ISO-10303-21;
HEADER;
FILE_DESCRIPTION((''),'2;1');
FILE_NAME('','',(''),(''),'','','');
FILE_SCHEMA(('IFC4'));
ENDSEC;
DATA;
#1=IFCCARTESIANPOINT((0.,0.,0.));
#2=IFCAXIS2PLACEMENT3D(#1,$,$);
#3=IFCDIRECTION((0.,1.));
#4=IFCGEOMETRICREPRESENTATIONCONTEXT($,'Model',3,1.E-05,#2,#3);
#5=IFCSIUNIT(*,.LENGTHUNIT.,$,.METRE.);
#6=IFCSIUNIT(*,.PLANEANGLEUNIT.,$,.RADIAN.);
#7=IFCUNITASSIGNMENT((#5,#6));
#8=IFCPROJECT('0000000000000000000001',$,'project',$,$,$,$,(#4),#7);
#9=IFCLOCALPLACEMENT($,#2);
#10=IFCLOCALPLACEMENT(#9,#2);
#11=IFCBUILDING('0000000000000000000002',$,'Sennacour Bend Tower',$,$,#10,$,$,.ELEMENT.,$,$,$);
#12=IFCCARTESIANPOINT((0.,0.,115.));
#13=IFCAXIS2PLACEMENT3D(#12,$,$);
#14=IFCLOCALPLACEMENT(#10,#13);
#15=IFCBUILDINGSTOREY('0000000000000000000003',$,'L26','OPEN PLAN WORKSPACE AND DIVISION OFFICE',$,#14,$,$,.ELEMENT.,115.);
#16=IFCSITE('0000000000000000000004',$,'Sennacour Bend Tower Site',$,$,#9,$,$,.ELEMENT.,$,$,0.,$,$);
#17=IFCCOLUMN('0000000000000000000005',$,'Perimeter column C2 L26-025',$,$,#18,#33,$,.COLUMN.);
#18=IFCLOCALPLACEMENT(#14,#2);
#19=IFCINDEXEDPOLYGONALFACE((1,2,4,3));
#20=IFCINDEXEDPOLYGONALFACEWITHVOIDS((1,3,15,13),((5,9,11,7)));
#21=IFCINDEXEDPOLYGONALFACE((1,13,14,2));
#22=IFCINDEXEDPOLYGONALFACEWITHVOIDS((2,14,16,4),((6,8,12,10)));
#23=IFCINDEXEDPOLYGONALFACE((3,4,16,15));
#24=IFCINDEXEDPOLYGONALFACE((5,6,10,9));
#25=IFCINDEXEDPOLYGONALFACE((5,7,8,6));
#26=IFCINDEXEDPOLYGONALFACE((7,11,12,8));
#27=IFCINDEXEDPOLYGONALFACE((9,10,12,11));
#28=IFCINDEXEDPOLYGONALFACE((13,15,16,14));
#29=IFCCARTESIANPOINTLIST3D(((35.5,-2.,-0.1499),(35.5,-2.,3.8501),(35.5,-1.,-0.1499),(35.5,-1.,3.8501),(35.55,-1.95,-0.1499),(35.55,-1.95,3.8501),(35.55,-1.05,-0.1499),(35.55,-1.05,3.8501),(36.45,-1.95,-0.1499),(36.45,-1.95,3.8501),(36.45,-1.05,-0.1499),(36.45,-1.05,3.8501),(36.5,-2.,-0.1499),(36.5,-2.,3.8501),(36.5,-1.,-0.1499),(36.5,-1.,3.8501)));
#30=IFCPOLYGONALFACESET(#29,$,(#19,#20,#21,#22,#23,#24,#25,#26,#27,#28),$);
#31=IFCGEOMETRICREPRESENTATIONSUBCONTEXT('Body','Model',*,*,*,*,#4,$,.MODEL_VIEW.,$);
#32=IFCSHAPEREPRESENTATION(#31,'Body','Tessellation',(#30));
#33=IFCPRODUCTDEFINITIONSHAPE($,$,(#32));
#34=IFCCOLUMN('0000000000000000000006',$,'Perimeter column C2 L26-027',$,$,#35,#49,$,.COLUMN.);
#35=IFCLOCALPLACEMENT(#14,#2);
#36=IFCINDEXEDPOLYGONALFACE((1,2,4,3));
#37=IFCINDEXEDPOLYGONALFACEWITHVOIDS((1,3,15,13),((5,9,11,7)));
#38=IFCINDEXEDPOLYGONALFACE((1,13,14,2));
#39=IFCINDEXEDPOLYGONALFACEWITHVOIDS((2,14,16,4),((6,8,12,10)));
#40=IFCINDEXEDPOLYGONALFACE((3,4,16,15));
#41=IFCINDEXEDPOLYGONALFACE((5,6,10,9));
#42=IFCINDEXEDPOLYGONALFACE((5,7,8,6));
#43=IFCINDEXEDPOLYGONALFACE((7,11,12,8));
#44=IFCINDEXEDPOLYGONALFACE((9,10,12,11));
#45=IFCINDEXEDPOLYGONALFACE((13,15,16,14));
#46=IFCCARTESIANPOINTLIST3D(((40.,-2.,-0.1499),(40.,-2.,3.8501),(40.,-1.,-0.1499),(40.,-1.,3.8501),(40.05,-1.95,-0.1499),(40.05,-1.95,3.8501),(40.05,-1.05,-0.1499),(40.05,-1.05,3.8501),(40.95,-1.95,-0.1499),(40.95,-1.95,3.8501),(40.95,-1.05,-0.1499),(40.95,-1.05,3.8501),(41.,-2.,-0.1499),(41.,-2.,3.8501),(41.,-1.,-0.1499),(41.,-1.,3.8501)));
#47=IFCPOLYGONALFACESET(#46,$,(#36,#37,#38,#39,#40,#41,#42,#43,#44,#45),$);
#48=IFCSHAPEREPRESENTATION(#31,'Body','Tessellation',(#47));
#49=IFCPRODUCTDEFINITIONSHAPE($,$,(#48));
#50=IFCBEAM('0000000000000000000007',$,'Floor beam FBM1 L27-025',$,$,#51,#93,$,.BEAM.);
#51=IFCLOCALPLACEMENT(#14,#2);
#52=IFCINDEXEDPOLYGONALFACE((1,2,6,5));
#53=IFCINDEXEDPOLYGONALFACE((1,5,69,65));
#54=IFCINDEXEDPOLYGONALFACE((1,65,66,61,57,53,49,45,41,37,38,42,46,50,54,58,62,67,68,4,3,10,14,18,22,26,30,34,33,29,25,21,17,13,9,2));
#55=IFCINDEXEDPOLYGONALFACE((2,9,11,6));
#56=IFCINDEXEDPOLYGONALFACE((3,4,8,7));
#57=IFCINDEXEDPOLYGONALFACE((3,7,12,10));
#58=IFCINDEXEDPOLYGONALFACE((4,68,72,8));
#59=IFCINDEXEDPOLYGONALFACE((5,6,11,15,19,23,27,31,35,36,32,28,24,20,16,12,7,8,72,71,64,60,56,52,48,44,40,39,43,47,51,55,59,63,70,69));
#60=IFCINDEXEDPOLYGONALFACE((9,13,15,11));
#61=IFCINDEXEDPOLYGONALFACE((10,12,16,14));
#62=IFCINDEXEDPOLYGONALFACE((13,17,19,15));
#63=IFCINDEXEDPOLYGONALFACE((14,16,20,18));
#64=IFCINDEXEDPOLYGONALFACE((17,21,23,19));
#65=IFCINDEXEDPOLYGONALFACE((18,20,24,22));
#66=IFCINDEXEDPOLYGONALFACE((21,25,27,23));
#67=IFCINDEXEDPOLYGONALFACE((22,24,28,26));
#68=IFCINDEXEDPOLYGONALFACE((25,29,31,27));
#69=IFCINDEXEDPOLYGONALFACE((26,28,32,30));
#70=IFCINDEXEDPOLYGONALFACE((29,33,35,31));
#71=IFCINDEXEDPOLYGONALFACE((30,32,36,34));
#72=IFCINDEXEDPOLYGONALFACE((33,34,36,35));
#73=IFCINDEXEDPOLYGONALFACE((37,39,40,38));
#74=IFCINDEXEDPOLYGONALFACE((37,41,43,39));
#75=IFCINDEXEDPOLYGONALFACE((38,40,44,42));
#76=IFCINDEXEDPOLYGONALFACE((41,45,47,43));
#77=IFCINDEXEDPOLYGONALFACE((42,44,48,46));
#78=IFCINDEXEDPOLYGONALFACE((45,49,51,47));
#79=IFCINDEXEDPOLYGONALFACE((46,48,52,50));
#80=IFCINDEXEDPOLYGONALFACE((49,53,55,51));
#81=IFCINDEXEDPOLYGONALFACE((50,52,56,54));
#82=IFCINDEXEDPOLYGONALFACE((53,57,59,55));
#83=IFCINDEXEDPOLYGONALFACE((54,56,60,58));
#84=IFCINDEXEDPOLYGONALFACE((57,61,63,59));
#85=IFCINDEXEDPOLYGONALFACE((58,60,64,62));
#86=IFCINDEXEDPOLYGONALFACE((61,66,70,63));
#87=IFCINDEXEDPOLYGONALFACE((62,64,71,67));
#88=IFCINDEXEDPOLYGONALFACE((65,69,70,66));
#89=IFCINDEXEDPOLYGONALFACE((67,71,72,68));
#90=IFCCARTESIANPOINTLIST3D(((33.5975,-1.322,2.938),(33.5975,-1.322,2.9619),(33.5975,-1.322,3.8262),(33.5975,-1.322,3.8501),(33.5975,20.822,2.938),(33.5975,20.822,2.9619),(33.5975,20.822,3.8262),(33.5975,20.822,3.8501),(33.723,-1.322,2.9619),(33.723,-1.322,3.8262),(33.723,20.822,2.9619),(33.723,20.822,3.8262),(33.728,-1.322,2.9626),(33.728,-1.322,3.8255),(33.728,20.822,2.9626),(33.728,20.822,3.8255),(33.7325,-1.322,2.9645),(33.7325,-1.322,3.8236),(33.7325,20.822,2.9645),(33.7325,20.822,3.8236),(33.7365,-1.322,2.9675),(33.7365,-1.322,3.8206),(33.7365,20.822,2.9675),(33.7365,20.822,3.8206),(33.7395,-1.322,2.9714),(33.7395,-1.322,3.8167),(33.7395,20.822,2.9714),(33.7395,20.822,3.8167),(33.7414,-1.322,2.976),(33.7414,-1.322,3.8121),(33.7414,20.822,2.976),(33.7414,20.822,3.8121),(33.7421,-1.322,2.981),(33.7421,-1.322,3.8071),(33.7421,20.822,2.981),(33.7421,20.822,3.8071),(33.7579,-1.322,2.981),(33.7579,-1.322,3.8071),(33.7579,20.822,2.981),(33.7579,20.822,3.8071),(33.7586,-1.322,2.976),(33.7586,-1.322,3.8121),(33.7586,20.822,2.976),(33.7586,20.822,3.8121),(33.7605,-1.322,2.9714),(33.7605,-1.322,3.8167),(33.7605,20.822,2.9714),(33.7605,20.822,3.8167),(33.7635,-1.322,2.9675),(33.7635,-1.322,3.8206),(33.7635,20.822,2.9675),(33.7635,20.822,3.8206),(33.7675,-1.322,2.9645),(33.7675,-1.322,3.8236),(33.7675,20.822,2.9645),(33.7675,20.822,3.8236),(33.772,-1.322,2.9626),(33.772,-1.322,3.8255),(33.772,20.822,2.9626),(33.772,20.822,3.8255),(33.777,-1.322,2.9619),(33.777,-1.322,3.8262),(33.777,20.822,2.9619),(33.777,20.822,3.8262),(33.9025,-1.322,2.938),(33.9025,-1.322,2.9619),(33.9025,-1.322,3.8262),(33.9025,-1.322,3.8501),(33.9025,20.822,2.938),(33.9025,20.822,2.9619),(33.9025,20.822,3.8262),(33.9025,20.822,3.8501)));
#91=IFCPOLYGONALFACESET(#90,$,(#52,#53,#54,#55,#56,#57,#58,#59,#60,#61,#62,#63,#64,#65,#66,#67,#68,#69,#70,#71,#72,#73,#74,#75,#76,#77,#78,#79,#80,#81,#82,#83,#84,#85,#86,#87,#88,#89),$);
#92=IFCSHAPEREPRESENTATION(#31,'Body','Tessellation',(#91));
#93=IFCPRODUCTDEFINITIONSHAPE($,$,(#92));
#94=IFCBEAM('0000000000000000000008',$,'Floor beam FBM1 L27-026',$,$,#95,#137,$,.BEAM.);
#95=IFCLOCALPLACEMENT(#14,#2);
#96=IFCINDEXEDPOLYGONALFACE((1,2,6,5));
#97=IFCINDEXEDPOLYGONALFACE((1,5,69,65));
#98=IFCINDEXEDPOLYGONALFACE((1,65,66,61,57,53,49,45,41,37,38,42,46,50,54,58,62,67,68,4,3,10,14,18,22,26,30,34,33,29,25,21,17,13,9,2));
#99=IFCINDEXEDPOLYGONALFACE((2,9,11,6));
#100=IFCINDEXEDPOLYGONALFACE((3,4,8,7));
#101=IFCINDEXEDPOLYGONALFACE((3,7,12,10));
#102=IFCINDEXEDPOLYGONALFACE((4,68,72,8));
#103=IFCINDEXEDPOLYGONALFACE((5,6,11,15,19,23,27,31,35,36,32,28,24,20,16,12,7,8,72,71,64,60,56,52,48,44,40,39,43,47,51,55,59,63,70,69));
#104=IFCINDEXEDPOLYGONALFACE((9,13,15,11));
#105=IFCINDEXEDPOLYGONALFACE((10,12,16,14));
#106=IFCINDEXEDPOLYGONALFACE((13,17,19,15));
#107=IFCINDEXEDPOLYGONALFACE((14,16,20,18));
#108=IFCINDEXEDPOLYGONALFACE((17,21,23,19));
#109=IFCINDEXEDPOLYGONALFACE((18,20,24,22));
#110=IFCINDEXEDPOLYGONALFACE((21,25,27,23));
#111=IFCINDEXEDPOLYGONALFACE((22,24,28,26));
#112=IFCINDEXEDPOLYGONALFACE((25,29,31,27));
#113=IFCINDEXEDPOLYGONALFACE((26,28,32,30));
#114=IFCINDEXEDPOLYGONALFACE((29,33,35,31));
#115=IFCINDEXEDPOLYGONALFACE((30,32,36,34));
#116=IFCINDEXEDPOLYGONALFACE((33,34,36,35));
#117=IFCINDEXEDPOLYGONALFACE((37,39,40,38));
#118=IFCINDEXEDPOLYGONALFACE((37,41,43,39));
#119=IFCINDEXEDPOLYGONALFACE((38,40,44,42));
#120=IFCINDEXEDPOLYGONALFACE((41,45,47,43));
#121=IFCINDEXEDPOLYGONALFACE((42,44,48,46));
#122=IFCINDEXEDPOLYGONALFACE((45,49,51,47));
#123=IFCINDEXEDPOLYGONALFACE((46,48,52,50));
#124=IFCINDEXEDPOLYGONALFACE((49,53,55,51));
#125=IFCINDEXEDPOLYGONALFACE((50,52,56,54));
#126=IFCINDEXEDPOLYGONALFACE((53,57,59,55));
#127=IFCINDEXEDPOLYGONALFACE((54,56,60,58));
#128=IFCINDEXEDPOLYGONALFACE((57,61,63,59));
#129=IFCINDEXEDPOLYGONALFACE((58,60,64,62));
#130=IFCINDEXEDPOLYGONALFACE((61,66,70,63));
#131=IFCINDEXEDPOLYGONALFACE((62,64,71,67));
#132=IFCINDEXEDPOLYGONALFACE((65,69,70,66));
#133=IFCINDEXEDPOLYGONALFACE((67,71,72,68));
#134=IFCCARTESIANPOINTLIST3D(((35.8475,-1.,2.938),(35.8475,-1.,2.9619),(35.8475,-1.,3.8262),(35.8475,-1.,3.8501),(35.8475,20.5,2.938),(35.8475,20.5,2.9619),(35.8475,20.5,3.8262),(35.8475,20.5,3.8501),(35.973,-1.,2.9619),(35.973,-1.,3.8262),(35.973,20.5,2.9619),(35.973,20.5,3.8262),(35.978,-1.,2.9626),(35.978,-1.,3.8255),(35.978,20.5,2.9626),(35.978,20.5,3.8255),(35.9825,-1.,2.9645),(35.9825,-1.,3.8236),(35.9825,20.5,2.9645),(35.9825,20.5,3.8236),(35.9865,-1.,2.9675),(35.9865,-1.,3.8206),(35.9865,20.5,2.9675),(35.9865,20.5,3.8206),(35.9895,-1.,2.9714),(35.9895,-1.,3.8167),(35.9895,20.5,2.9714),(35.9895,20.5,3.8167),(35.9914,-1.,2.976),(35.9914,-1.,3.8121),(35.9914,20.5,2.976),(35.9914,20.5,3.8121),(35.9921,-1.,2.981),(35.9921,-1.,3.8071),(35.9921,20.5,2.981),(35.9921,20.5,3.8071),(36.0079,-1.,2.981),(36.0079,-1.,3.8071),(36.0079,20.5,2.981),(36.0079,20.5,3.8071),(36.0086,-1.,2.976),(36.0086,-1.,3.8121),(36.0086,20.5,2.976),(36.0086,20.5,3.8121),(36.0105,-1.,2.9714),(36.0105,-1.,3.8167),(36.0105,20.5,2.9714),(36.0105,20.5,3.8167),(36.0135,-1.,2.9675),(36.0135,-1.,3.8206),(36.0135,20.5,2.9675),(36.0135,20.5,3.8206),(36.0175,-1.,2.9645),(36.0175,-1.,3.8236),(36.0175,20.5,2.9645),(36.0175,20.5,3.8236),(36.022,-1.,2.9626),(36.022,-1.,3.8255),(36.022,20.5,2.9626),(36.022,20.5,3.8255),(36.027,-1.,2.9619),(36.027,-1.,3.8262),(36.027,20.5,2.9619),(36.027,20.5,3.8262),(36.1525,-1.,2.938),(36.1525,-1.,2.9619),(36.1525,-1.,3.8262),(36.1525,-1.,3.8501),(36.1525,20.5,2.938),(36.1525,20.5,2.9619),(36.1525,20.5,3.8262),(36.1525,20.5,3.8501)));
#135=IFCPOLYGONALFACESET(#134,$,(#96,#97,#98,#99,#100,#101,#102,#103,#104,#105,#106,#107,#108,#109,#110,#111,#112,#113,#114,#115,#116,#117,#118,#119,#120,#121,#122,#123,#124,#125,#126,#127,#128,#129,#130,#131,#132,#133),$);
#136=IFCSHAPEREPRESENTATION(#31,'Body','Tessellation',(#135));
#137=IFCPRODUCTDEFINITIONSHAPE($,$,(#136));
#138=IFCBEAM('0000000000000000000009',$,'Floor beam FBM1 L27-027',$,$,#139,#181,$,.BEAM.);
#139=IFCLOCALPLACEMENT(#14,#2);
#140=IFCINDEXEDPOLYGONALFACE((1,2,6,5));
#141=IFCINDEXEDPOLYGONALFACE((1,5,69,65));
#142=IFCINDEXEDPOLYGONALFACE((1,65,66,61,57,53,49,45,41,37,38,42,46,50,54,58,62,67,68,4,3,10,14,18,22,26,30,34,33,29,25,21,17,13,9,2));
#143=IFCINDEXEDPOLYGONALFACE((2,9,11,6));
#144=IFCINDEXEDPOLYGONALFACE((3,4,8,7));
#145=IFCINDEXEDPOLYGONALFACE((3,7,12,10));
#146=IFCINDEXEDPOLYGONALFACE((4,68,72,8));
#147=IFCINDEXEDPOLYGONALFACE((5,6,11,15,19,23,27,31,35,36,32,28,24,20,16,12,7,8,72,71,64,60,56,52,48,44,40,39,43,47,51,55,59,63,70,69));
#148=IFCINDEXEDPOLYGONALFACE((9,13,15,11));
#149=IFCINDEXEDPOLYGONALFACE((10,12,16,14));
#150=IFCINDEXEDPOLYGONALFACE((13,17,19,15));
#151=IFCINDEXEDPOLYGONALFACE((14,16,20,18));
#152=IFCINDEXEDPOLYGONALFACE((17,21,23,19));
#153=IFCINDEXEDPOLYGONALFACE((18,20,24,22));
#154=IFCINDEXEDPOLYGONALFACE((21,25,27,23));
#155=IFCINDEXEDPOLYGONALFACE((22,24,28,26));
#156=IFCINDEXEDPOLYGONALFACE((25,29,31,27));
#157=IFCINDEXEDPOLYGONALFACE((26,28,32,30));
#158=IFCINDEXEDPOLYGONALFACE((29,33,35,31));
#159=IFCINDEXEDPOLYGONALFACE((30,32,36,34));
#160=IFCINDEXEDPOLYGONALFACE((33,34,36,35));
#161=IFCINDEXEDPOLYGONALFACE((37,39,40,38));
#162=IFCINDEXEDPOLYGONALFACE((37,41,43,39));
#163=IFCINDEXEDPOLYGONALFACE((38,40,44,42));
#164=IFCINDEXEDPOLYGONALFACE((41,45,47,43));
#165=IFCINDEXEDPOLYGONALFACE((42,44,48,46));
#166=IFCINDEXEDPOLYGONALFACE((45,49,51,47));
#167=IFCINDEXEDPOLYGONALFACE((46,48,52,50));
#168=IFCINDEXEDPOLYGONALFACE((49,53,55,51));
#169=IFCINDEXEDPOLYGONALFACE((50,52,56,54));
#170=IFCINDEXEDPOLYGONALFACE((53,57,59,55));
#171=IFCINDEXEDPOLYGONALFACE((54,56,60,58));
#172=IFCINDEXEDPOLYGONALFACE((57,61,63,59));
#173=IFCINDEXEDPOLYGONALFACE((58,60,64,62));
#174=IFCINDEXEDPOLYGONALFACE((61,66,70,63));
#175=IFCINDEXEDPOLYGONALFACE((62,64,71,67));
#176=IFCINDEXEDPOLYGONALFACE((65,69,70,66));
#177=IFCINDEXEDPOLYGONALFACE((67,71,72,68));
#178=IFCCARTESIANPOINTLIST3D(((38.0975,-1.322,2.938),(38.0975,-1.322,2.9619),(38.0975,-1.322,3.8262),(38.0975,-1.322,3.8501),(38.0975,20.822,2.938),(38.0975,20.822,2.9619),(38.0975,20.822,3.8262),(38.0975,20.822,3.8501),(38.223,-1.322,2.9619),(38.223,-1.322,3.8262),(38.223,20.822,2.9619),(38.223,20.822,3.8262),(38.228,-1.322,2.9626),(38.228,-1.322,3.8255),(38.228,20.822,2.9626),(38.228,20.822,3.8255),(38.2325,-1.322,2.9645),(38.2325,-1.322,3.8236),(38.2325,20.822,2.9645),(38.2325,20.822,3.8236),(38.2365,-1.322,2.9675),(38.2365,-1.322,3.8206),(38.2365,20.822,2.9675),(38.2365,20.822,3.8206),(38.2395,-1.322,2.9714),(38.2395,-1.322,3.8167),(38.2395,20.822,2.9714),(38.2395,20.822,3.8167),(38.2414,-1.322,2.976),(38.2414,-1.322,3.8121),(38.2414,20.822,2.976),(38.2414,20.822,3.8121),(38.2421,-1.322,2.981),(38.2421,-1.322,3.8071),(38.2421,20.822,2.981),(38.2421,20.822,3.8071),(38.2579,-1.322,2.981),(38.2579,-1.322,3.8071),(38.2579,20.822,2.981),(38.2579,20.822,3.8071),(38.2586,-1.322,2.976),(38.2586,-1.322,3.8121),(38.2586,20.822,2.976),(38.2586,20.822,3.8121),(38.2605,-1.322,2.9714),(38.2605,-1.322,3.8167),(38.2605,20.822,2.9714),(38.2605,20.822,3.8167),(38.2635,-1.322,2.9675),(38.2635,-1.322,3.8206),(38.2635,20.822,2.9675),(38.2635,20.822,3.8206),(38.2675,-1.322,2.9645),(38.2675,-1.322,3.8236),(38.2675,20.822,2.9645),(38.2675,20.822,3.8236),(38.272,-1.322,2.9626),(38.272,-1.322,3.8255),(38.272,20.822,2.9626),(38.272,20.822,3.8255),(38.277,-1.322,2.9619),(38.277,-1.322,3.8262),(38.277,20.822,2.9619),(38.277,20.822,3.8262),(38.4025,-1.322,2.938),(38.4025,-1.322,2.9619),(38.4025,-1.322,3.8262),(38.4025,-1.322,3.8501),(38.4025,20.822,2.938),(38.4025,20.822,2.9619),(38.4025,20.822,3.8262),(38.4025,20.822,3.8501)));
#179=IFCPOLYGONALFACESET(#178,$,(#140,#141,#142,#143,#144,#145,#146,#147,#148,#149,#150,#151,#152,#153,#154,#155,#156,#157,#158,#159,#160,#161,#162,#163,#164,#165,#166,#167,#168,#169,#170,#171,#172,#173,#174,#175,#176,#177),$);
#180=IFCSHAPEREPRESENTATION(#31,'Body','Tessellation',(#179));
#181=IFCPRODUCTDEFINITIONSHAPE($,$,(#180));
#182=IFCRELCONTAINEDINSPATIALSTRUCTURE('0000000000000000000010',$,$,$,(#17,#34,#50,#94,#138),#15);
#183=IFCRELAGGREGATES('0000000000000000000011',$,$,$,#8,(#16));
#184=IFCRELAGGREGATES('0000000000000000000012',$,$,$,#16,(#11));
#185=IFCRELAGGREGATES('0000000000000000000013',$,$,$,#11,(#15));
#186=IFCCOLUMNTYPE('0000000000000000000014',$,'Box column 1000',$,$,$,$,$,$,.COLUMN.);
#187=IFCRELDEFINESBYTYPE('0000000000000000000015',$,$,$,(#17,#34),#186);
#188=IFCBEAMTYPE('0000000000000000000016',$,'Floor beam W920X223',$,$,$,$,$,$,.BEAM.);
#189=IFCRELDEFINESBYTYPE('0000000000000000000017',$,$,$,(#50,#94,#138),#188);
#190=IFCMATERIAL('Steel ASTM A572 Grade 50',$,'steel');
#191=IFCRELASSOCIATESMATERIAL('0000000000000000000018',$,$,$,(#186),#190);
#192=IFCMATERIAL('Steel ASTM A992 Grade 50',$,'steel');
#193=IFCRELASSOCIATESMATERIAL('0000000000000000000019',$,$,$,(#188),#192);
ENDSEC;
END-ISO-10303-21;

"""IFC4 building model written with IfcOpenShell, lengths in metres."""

from ifc_helpers import new_model, si_unit, direction, frame, origin, origin_2d, place, context, subcontext, project, spatial, hollow_rectangle, i_section, extrude, material, material_profile, profile_set, type_object, element, save


model = new_model("IFC4")

# Units and contexts
model_context = context("Model", 3, precision=1e-05, world=origin(), true_north=direction((0.0, 1.0)))
body_context = subcontext(model_context, "Body", "Model", "MODEL_VIEW")
ifc_project = project(units=[si_unit("LENGTHUNIT", "METRE"), si_unit("PLANEANGLEUNIT", "RADIAN")], contexts=[model_context])

# Site, building, storey
site_placement = place(None, origin())
site = spatial("IfcSite", under=ifc_project, at=site_placement, Name="Sennacour Bend Tower Site", CompositionType="ELEMENT", RefElevation=0.0)
building_placement = place(site_placement, origin())
building = spatial("IfcBuilding", under=site, at=building_placement, Name="Sennacour Bend Tower", CompositionType="ELEMENT")
storey_placement = place(building_placement, frame((0.0, 0.0, 115.0)))
storey = spatial("IfcBuildingStorey", under=building, at=storey_placement, Name="L26", Description="OPEN PLAN WORKSPACE AND DIVISION OFFICE", CompositionType="ELEMENT", Elevation=115.0)

# Columns
ifc_material_1 = material(Name="Steel ASTM A572 Grade 50", Category="steel")
ifc_material_profile_1 = material_profile(ifc_material_1, hollow_rectangle(XDim=1.0, YDim=1.0, WallThickness=0.05, at=origin_2d()), Name="Steel ASTM A572 Grade 50", Category="steel")
ifc_profile_set_1 = profile_set([ifc_material_profile_1], Name="Steel ASTM A572 Grade 50")
column_type = type_object("IfcColumnType", Name="Box column 1000", PredefinedType="COLUMN", material=ifc_profile_set_1)
for number, where, z_axis, x_axis, name in (
    (1, (36.0, -1.5, -0.1499), (0.0, 0.0, 1.0), (1.0, 0.0, 0.0), "Perimeter column C2 L26-025"),
    (2, (40.5, -1.5, -0.1499), (0.0, 0.0, 1.0), (1.0, 0.0, 0.0), "Perimeter column C2 L26-027"),
):
    element("IfcColumn", number, at=place(storey_placement, frame(where, z_axis=z_axis, x_axis=x_axis)), inside=storey, type_object=column_type, Name=name, PredefinedType="COLUMN", context=body_context, shape_type="SweptSolid", body=[
        extrude(hollow_rectangle(XDim=1.0, YDim=1.0, WallThickness=0.05, at=origin_2d()), origin(), (0.0, 0.0, 1.0), 4.0),
    ])

# Beams
ifc_material_2 = material(Name="Steel ASTM A992 Grade 50", Category="steel")
ifc_material_profile_2 = material_profile(ifc_material_2, i_section(OverallWidth=0.3049, OverallDepth=0.9121, WebThickness=0.0159, FlangeThickness=0.0239, FilletRadius=0.019, at=origin_2d()), Name="Steel ASTM A992 Grade 50", Category="steel")
ifc_profile_set_2 = profile_set([ifc_material_profile_2], Name="Steel ASTM A992 Grade 50")
beam_type_1 = type_object("IfcBeamType", Name="Floor beam W920X223", PredefinedType="BEAM", material=ifc_profile_set_2)
beam_1_placement = place(storey_placement, frame((33.75, -1.322, 3.394), z_axis=(0.0, 1.0, 0.0), x_axis=(-1.0, 0.0, 0.0)))
element("IfcBeam", 3, at=beam_1_placement, inside=storey, type_object=beam_type_1, Name="Floor beam FBM1 L27-025", PredefinedType="BEAM", context=body_context, shape_type="SweptSolid", body=[
    extrude(i_section(OverallWidth=0.3049, OverallDepth=0.9121, WebThickness=0.0159, FlangeThickness=0.0239, FilletRadius=0.019, at=origin_2d()), origin(), (0.0, 0.0, 1.0), 22.144),
])
beam_2_placement = place(storey_placement, frame((36.0, -1.0, 3.394), z_axis=(0.0, 1.0, 0.0), x_axis=(-1.0, 0.0, 0.0)))
element("IfcBeam", 4, at=beam_2_placement, inside=storey, type_object=beam_type_1, Name="Floor beam FBM1 L27-026", PredefinedType="BEAM", context=body_context, shape_type="SweptSolid", body=[
    extrude(i_section(OverallWidth=0.3049, OverallDepth=0.9121, WebThickness=0.0159, FlangeThickness=0.0239, FilletRadius=0.019, at=origin_2d()), origin(), (0.0, 0.0, 1.0), 21.5),
])
beam_3_placement = place(storey_placement, frame((38.25, -1.322, 3.394), z_axis=(0.0, 1.0, 0.0), x_axis=(-1.0, 0.0, 0.0)))
element("IfcBeam", 5, at=beam_3_placement, inside=storey, type_object=beam_type_1, Name="Floor beam FBM1 L27-027", PredefinedType="BEAM", context=body_context, shape_type="SweptSolid", body=[
    extrude(i_section(OverallWidth=0.3049, OverallDepth=0.9121, WebThickness=0.0159, FlangeThickness=0.0239, FilletRadius=0.019, at=origin_2d()), origin(), (0.0, 0.0, 1.0), 22.144),
])

save(model, "model.ifc")
